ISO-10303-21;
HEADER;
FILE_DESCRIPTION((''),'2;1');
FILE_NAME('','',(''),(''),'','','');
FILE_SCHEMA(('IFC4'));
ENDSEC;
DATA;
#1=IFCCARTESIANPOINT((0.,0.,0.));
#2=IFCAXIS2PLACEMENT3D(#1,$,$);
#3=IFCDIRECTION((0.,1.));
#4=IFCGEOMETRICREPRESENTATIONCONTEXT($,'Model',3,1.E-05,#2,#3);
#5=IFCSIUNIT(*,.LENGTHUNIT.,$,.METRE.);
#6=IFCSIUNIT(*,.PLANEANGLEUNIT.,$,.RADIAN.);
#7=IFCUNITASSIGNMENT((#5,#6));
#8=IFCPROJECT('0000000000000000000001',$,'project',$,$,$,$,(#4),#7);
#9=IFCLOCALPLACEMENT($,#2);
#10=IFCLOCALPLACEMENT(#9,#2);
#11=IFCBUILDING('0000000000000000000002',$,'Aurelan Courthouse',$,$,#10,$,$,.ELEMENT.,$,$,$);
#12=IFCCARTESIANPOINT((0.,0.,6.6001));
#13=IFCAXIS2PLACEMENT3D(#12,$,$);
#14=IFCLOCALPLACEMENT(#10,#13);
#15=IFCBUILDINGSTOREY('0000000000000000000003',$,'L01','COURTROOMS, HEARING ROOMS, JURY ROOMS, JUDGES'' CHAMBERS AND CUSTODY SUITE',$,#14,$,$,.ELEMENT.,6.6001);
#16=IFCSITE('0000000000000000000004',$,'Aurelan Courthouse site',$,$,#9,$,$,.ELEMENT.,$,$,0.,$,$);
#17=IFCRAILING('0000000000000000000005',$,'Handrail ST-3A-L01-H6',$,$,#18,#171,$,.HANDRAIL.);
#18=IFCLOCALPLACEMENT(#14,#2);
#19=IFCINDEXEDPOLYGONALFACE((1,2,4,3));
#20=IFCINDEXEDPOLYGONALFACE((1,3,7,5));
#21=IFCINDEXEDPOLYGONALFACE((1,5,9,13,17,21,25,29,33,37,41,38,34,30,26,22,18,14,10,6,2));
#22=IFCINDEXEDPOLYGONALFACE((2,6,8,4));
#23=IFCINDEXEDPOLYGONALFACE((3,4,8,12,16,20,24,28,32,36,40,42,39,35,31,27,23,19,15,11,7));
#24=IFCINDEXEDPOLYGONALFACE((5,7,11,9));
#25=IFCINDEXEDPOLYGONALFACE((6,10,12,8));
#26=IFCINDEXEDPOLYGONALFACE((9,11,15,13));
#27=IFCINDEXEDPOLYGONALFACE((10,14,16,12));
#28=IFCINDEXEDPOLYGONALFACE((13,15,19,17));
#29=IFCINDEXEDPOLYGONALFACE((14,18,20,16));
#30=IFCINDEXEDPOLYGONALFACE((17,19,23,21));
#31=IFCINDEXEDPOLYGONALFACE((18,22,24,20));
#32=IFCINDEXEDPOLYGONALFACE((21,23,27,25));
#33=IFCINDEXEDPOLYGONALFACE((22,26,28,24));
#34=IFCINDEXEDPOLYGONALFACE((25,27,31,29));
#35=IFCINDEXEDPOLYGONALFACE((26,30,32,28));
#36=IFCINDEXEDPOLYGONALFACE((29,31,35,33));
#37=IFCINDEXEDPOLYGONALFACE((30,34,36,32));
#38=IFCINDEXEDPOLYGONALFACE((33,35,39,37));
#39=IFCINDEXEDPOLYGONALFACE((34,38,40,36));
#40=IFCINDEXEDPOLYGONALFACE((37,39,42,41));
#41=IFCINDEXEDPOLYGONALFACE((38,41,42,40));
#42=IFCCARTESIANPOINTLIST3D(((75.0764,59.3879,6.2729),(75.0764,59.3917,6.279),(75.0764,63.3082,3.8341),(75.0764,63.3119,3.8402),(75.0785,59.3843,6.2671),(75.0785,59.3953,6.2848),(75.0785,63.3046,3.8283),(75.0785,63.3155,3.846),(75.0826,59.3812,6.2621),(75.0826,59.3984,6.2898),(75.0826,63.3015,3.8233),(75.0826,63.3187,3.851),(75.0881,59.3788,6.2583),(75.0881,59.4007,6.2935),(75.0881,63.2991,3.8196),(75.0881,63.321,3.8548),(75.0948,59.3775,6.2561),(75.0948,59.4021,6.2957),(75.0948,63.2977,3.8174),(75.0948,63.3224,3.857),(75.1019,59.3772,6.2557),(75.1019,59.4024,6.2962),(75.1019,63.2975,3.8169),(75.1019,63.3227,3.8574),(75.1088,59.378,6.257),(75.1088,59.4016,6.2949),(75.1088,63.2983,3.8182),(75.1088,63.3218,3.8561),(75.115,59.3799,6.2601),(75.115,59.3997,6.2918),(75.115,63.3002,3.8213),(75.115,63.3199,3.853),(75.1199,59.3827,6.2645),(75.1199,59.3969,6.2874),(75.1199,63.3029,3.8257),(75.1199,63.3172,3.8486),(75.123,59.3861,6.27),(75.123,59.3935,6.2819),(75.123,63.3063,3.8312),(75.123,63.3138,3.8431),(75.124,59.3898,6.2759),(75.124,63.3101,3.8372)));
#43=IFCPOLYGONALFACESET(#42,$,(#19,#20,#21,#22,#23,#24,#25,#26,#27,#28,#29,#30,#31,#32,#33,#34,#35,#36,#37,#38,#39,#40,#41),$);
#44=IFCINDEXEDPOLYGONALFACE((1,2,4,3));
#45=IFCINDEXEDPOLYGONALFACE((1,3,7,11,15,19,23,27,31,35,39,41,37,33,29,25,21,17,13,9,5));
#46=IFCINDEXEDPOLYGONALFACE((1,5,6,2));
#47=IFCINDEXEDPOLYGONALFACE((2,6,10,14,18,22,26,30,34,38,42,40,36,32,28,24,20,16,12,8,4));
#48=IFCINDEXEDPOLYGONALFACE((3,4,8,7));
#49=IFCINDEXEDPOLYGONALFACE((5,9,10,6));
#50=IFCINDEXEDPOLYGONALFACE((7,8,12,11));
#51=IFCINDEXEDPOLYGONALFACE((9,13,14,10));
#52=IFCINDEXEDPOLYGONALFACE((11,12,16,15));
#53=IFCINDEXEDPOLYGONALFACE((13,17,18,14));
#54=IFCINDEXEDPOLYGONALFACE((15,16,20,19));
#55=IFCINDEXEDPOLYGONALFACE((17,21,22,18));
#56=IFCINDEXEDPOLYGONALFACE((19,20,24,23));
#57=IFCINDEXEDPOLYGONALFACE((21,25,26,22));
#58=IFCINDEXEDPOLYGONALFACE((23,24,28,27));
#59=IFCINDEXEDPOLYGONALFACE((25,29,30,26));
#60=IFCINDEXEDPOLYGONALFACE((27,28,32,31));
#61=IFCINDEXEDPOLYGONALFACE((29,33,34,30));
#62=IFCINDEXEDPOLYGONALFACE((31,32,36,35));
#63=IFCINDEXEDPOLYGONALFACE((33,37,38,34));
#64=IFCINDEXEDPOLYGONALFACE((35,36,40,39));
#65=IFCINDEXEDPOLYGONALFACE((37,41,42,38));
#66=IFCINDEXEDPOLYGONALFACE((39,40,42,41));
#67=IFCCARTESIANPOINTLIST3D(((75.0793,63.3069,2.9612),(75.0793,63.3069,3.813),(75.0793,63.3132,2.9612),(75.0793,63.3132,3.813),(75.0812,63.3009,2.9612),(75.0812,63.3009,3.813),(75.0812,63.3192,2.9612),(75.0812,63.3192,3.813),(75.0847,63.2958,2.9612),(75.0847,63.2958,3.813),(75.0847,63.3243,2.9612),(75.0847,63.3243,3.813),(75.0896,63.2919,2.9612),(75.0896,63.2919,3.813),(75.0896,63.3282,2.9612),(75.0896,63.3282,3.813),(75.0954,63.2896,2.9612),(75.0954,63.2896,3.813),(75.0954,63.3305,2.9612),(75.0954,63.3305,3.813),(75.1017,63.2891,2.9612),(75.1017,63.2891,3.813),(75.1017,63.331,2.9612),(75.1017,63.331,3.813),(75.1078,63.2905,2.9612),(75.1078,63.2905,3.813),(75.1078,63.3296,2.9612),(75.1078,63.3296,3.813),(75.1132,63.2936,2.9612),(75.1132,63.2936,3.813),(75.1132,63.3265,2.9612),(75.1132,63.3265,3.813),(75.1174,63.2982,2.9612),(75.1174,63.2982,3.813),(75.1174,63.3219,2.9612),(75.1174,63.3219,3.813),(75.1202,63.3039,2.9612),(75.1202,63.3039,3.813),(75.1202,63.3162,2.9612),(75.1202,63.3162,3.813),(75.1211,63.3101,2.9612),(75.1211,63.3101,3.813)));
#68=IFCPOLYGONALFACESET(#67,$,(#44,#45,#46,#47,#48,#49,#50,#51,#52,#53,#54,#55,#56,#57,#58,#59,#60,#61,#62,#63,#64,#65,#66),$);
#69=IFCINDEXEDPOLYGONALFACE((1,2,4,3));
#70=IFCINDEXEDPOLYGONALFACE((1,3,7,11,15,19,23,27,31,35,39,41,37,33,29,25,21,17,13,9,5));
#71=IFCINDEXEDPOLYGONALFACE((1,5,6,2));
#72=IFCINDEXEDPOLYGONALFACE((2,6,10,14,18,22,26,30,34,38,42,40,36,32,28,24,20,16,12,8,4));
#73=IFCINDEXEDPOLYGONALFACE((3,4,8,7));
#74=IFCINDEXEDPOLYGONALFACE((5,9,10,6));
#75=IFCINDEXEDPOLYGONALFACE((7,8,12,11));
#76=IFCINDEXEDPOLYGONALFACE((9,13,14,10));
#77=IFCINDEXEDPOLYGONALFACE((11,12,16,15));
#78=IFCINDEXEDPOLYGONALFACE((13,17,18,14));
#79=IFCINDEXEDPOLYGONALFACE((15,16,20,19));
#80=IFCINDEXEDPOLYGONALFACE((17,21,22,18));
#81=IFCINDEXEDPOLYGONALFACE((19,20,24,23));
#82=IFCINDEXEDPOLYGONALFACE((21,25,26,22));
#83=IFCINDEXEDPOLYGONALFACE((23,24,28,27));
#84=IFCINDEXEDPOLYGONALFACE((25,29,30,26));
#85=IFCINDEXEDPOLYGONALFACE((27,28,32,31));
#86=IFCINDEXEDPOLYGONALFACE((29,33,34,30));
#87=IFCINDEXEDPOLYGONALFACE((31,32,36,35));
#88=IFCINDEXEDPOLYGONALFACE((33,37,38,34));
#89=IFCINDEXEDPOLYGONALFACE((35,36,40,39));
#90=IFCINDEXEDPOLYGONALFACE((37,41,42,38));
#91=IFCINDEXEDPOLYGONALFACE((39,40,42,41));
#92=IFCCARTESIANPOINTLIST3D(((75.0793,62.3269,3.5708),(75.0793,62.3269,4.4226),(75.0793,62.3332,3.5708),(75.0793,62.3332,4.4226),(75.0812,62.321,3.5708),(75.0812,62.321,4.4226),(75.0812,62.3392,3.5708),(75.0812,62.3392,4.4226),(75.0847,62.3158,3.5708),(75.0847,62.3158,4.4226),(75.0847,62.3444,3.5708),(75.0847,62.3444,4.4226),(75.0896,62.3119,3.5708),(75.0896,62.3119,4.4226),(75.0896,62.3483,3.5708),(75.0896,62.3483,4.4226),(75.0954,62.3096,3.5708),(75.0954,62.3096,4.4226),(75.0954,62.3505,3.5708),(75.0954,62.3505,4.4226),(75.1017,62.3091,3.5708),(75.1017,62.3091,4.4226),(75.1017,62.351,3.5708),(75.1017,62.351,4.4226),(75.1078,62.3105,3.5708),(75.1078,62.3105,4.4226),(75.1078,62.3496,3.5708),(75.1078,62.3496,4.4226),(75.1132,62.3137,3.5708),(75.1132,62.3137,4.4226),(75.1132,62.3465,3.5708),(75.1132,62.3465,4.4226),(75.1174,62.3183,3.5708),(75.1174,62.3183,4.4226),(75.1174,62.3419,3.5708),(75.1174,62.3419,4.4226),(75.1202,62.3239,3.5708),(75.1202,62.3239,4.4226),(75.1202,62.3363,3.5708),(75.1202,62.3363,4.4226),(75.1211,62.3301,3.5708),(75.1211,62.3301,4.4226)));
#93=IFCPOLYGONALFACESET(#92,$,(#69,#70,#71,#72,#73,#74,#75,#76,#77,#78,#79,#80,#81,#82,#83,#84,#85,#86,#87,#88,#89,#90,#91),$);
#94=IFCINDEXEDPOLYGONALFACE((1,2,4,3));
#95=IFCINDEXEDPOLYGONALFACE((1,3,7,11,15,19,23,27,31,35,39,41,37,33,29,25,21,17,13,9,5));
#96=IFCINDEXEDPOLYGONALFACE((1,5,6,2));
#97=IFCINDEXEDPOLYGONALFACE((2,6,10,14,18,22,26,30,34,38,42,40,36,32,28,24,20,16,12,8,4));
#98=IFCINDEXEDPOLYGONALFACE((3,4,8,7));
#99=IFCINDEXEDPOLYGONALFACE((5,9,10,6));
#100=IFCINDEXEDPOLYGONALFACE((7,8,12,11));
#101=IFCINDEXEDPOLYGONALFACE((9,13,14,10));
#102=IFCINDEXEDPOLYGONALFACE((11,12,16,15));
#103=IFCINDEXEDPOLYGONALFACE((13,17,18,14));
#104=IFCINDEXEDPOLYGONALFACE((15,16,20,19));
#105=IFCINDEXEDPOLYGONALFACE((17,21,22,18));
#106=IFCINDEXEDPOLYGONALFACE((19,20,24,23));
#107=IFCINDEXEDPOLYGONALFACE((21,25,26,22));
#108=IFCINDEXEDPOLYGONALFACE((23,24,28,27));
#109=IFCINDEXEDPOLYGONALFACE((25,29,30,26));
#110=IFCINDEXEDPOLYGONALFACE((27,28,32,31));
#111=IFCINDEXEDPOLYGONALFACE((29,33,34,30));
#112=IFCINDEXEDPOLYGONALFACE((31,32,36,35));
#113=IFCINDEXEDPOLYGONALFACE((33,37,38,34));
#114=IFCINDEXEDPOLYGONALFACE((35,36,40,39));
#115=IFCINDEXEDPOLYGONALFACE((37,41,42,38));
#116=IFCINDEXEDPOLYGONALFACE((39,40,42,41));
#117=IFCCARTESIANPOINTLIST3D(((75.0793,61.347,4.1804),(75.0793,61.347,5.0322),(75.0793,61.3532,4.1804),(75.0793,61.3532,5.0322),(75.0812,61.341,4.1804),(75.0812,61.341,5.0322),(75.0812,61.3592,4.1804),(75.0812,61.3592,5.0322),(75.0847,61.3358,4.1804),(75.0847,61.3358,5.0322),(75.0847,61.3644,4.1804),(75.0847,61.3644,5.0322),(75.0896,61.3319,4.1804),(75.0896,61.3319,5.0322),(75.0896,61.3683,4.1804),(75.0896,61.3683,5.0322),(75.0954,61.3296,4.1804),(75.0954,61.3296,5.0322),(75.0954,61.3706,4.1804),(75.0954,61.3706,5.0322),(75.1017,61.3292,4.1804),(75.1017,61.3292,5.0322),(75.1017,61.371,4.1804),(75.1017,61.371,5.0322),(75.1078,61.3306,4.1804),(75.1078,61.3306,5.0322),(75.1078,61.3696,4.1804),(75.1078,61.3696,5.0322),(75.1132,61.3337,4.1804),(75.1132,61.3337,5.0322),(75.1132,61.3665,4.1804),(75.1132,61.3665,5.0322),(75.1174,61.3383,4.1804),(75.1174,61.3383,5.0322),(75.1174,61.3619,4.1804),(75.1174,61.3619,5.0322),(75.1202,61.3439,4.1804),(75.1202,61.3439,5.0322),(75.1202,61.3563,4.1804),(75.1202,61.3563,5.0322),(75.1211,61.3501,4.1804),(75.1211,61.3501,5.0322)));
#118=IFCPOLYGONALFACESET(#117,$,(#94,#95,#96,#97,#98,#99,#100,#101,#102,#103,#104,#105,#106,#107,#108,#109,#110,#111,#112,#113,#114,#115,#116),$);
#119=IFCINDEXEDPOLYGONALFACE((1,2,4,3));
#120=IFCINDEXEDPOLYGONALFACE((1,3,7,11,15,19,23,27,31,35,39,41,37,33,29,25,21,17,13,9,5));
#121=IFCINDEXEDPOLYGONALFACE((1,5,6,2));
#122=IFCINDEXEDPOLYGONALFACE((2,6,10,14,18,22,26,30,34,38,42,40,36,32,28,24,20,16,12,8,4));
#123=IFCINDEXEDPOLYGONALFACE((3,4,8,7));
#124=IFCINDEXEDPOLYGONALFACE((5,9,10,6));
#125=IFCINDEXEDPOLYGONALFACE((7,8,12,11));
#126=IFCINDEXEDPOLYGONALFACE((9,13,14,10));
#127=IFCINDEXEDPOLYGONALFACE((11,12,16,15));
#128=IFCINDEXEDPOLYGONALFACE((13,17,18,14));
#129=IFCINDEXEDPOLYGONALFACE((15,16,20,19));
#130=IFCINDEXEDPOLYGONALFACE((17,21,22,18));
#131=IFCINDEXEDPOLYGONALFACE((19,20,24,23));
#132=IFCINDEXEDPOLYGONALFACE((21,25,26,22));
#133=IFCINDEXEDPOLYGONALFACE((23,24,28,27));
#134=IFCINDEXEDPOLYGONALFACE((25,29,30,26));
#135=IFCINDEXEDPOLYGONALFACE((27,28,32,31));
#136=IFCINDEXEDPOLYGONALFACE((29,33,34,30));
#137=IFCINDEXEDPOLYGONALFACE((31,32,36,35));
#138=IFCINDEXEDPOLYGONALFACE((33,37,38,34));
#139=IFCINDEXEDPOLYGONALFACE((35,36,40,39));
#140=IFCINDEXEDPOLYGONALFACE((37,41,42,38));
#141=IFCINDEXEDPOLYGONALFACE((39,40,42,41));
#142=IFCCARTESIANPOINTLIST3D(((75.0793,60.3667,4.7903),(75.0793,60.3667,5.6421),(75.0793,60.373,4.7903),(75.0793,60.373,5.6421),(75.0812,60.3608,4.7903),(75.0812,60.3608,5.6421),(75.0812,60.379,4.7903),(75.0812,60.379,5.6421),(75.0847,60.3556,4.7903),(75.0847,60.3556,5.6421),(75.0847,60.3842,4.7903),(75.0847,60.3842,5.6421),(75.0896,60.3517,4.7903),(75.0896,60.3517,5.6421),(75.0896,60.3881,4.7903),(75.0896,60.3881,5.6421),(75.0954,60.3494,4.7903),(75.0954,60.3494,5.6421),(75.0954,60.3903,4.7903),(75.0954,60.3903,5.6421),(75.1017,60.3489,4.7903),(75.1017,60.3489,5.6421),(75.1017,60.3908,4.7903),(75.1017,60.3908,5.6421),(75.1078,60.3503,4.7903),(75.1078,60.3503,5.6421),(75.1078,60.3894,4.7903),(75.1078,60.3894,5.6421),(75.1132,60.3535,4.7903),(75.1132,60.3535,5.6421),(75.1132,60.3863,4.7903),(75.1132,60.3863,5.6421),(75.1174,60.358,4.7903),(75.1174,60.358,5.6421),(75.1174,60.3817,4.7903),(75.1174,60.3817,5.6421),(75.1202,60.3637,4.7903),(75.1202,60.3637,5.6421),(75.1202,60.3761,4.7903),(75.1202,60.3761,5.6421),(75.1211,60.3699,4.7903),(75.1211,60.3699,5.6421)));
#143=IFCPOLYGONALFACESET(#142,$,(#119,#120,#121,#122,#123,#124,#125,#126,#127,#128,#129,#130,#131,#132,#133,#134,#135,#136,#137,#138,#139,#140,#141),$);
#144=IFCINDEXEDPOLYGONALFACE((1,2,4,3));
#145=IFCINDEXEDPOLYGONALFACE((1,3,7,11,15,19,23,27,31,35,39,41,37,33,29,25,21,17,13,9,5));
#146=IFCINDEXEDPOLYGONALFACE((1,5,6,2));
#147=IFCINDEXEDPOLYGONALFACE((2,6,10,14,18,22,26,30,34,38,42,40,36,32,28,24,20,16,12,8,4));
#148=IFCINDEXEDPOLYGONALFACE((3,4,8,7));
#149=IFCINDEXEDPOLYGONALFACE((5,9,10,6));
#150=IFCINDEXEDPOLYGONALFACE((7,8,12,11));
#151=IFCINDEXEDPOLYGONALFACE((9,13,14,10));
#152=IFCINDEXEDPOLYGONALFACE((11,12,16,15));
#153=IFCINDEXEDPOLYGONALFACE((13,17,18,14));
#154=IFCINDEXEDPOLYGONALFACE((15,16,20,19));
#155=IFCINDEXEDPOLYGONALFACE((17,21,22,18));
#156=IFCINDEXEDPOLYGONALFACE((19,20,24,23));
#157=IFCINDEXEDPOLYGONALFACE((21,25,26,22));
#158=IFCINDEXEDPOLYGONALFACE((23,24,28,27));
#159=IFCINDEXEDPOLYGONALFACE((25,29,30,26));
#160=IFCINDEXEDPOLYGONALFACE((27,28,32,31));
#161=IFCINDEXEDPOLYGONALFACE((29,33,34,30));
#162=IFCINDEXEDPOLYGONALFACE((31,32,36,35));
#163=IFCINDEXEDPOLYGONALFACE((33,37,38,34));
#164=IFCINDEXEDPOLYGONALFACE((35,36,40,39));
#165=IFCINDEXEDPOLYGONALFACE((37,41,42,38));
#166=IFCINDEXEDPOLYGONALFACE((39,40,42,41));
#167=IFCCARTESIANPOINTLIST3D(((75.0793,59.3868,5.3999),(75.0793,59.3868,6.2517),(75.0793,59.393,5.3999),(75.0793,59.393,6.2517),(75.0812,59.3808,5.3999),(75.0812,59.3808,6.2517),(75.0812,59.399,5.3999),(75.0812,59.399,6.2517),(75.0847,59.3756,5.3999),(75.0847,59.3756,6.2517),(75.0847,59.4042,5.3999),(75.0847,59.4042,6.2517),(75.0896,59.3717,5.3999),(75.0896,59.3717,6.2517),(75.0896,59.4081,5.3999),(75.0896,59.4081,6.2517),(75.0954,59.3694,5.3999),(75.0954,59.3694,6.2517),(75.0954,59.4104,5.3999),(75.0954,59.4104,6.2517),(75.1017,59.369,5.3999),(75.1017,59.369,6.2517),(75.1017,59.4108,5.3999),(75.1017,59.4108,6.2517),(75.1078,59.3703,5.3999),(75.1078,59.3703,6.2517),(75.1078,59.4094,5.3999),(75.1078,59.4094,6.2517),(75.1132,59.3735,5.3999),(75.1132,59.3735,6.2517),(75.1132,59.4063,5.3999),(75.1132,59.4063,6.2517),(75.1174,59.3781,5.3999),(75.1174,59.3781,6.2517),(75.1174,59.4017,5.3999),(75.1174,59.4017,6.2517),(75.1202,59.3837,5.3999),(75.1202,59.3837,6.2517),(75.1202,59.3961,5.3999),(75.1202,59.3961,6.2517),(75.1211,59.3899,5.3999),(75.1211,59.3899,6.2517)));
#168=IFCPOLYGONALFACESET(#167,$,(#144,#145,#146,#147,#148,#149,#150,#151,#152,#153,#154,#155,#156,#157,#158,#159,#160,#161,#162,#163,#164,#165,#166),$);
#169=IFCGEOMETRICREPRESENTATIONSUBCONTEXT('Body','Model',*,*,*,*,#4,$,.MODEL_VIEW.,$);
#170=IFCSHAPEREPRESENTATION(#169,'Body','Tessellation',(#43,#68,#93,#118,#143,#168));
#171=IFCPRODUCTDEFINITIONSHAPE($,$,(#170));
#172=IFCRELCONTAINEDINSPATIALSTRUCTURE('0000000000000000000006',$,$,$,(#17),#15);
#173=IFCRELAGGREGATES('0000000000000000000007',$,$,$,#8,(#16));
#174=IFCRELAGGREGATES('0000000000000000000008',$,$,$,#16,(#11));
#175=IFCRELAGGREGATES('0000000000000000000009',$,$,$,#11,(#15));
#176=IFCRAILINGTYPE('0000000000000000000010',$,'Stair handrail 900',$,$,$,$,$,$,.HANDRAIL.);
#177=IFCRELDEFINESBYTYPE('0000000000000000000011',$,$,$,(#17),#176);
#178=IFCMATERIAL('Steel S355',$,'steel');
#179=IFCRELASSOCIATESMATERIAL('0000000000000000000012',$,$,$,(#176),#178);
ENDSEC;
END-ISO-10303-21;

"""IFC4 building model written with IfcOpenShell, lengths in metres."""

from ifc_helpers import new_model, si_unit, direction, frame, origin, origin_2d, place, context, subcontext, project, spatial, circle, extrude, material, type_object, element, save


model = new_model("IFC4")

# Units and contexts
model_context = context("Model", 3, precision=1e-05, world=origin(), true_north=direction((0.0, 1.0)))
body_context = subcontext(model_context, "Body", "Model", "MODEL_VIEW")
ifc_project = project(units=[si_unit("LENGTHUNIT", "METRE"), si_unit("PLANEANGLEUNIT", "RADIAN")], contexts=[model_context])

# Site, building, storey
site_placement = place(None, origin())
site = spatial("IfcSite", under=ifc_project, at=site_placement, Name="Aurelan Courthouse site", CompositionType="ELEMENT", RefElevation=0.0)
building_placement = place(site_placement, origin())
building = spatial("IfcBuilding", under=site, at=building_placement, Name="Aurelan Courthouse", CompositionType="ELEMENT")
storey_placement = place(building_placement, frame((0.0, 0.0, 6.6001)))
storey = spatial("IfcBuildingStorey", under=building, at=storey_placement, Name="L01", Description="COURTROOMS, HEARING ROOMS, JURY ROOMS, JUDGES' CHAMBERS AND CUSTODY SUITE", CompositionType="ELEMENT", Elevation=6.6001)

# Railing
ifc_material_1 = material(Name="Steel S355", Category="steel")
railing_type_1 = type_object("IfcRailingType", Name="Stair handrail 900", PredefinedType="HANDRAIL", material=ifc_material_1)
for number, where, name in (
    (1, (75.1001, 63.3101, 2.9612), "Handrail ST-3A-L01-H6"),
):
    element("IfcRailing", number, at=place(storey_placement, frame(where)), inside=storey, type_object=railing_type_1, Name=name, PredefinedType="HANDRAIL", context=body_context, shape_type="SweptSolid", body=[
        extrude(circle(Radius=0.0239, at=origin_2d()), frame((0.0, 0.0, 0.876), z_axis=(0.0, -0.849105, 0.528225), x_axis=(1.0, 0.0, 0.0)), (0.0, 0.0, 1.0), 4.6169),
        extrude(circle(Radius=0.021, at=origin_2d()), origin(), (0.0, 0.0, 1.0), 0.8518),
        extrude(circle(Radius=0.021, at=origin_2d()), frame((0.0, -0.98, 0.6096)), (0.0, 0.0, 1.0), 0.8518),
        extrude(circle(Radius=0.021, at=origin_2d()), frame((0.0, -1.96, 1.2192)), (0.0, 0.0, 1.0), 0.8518),
        extrude(circle(Radius=0.021, at=origin_2d()), frame((0.0, -2.9402, 1.8291)), (0.0, 0.0, 1.0), 0.8518),
        extrude(circle(Radius=0.021, at=origin_2d()), frame((0.0, -3.9202, 2.4387)), (0.0, 0.0, 1.0), 0.8518),
    ])

save(model, "model.ifc")
